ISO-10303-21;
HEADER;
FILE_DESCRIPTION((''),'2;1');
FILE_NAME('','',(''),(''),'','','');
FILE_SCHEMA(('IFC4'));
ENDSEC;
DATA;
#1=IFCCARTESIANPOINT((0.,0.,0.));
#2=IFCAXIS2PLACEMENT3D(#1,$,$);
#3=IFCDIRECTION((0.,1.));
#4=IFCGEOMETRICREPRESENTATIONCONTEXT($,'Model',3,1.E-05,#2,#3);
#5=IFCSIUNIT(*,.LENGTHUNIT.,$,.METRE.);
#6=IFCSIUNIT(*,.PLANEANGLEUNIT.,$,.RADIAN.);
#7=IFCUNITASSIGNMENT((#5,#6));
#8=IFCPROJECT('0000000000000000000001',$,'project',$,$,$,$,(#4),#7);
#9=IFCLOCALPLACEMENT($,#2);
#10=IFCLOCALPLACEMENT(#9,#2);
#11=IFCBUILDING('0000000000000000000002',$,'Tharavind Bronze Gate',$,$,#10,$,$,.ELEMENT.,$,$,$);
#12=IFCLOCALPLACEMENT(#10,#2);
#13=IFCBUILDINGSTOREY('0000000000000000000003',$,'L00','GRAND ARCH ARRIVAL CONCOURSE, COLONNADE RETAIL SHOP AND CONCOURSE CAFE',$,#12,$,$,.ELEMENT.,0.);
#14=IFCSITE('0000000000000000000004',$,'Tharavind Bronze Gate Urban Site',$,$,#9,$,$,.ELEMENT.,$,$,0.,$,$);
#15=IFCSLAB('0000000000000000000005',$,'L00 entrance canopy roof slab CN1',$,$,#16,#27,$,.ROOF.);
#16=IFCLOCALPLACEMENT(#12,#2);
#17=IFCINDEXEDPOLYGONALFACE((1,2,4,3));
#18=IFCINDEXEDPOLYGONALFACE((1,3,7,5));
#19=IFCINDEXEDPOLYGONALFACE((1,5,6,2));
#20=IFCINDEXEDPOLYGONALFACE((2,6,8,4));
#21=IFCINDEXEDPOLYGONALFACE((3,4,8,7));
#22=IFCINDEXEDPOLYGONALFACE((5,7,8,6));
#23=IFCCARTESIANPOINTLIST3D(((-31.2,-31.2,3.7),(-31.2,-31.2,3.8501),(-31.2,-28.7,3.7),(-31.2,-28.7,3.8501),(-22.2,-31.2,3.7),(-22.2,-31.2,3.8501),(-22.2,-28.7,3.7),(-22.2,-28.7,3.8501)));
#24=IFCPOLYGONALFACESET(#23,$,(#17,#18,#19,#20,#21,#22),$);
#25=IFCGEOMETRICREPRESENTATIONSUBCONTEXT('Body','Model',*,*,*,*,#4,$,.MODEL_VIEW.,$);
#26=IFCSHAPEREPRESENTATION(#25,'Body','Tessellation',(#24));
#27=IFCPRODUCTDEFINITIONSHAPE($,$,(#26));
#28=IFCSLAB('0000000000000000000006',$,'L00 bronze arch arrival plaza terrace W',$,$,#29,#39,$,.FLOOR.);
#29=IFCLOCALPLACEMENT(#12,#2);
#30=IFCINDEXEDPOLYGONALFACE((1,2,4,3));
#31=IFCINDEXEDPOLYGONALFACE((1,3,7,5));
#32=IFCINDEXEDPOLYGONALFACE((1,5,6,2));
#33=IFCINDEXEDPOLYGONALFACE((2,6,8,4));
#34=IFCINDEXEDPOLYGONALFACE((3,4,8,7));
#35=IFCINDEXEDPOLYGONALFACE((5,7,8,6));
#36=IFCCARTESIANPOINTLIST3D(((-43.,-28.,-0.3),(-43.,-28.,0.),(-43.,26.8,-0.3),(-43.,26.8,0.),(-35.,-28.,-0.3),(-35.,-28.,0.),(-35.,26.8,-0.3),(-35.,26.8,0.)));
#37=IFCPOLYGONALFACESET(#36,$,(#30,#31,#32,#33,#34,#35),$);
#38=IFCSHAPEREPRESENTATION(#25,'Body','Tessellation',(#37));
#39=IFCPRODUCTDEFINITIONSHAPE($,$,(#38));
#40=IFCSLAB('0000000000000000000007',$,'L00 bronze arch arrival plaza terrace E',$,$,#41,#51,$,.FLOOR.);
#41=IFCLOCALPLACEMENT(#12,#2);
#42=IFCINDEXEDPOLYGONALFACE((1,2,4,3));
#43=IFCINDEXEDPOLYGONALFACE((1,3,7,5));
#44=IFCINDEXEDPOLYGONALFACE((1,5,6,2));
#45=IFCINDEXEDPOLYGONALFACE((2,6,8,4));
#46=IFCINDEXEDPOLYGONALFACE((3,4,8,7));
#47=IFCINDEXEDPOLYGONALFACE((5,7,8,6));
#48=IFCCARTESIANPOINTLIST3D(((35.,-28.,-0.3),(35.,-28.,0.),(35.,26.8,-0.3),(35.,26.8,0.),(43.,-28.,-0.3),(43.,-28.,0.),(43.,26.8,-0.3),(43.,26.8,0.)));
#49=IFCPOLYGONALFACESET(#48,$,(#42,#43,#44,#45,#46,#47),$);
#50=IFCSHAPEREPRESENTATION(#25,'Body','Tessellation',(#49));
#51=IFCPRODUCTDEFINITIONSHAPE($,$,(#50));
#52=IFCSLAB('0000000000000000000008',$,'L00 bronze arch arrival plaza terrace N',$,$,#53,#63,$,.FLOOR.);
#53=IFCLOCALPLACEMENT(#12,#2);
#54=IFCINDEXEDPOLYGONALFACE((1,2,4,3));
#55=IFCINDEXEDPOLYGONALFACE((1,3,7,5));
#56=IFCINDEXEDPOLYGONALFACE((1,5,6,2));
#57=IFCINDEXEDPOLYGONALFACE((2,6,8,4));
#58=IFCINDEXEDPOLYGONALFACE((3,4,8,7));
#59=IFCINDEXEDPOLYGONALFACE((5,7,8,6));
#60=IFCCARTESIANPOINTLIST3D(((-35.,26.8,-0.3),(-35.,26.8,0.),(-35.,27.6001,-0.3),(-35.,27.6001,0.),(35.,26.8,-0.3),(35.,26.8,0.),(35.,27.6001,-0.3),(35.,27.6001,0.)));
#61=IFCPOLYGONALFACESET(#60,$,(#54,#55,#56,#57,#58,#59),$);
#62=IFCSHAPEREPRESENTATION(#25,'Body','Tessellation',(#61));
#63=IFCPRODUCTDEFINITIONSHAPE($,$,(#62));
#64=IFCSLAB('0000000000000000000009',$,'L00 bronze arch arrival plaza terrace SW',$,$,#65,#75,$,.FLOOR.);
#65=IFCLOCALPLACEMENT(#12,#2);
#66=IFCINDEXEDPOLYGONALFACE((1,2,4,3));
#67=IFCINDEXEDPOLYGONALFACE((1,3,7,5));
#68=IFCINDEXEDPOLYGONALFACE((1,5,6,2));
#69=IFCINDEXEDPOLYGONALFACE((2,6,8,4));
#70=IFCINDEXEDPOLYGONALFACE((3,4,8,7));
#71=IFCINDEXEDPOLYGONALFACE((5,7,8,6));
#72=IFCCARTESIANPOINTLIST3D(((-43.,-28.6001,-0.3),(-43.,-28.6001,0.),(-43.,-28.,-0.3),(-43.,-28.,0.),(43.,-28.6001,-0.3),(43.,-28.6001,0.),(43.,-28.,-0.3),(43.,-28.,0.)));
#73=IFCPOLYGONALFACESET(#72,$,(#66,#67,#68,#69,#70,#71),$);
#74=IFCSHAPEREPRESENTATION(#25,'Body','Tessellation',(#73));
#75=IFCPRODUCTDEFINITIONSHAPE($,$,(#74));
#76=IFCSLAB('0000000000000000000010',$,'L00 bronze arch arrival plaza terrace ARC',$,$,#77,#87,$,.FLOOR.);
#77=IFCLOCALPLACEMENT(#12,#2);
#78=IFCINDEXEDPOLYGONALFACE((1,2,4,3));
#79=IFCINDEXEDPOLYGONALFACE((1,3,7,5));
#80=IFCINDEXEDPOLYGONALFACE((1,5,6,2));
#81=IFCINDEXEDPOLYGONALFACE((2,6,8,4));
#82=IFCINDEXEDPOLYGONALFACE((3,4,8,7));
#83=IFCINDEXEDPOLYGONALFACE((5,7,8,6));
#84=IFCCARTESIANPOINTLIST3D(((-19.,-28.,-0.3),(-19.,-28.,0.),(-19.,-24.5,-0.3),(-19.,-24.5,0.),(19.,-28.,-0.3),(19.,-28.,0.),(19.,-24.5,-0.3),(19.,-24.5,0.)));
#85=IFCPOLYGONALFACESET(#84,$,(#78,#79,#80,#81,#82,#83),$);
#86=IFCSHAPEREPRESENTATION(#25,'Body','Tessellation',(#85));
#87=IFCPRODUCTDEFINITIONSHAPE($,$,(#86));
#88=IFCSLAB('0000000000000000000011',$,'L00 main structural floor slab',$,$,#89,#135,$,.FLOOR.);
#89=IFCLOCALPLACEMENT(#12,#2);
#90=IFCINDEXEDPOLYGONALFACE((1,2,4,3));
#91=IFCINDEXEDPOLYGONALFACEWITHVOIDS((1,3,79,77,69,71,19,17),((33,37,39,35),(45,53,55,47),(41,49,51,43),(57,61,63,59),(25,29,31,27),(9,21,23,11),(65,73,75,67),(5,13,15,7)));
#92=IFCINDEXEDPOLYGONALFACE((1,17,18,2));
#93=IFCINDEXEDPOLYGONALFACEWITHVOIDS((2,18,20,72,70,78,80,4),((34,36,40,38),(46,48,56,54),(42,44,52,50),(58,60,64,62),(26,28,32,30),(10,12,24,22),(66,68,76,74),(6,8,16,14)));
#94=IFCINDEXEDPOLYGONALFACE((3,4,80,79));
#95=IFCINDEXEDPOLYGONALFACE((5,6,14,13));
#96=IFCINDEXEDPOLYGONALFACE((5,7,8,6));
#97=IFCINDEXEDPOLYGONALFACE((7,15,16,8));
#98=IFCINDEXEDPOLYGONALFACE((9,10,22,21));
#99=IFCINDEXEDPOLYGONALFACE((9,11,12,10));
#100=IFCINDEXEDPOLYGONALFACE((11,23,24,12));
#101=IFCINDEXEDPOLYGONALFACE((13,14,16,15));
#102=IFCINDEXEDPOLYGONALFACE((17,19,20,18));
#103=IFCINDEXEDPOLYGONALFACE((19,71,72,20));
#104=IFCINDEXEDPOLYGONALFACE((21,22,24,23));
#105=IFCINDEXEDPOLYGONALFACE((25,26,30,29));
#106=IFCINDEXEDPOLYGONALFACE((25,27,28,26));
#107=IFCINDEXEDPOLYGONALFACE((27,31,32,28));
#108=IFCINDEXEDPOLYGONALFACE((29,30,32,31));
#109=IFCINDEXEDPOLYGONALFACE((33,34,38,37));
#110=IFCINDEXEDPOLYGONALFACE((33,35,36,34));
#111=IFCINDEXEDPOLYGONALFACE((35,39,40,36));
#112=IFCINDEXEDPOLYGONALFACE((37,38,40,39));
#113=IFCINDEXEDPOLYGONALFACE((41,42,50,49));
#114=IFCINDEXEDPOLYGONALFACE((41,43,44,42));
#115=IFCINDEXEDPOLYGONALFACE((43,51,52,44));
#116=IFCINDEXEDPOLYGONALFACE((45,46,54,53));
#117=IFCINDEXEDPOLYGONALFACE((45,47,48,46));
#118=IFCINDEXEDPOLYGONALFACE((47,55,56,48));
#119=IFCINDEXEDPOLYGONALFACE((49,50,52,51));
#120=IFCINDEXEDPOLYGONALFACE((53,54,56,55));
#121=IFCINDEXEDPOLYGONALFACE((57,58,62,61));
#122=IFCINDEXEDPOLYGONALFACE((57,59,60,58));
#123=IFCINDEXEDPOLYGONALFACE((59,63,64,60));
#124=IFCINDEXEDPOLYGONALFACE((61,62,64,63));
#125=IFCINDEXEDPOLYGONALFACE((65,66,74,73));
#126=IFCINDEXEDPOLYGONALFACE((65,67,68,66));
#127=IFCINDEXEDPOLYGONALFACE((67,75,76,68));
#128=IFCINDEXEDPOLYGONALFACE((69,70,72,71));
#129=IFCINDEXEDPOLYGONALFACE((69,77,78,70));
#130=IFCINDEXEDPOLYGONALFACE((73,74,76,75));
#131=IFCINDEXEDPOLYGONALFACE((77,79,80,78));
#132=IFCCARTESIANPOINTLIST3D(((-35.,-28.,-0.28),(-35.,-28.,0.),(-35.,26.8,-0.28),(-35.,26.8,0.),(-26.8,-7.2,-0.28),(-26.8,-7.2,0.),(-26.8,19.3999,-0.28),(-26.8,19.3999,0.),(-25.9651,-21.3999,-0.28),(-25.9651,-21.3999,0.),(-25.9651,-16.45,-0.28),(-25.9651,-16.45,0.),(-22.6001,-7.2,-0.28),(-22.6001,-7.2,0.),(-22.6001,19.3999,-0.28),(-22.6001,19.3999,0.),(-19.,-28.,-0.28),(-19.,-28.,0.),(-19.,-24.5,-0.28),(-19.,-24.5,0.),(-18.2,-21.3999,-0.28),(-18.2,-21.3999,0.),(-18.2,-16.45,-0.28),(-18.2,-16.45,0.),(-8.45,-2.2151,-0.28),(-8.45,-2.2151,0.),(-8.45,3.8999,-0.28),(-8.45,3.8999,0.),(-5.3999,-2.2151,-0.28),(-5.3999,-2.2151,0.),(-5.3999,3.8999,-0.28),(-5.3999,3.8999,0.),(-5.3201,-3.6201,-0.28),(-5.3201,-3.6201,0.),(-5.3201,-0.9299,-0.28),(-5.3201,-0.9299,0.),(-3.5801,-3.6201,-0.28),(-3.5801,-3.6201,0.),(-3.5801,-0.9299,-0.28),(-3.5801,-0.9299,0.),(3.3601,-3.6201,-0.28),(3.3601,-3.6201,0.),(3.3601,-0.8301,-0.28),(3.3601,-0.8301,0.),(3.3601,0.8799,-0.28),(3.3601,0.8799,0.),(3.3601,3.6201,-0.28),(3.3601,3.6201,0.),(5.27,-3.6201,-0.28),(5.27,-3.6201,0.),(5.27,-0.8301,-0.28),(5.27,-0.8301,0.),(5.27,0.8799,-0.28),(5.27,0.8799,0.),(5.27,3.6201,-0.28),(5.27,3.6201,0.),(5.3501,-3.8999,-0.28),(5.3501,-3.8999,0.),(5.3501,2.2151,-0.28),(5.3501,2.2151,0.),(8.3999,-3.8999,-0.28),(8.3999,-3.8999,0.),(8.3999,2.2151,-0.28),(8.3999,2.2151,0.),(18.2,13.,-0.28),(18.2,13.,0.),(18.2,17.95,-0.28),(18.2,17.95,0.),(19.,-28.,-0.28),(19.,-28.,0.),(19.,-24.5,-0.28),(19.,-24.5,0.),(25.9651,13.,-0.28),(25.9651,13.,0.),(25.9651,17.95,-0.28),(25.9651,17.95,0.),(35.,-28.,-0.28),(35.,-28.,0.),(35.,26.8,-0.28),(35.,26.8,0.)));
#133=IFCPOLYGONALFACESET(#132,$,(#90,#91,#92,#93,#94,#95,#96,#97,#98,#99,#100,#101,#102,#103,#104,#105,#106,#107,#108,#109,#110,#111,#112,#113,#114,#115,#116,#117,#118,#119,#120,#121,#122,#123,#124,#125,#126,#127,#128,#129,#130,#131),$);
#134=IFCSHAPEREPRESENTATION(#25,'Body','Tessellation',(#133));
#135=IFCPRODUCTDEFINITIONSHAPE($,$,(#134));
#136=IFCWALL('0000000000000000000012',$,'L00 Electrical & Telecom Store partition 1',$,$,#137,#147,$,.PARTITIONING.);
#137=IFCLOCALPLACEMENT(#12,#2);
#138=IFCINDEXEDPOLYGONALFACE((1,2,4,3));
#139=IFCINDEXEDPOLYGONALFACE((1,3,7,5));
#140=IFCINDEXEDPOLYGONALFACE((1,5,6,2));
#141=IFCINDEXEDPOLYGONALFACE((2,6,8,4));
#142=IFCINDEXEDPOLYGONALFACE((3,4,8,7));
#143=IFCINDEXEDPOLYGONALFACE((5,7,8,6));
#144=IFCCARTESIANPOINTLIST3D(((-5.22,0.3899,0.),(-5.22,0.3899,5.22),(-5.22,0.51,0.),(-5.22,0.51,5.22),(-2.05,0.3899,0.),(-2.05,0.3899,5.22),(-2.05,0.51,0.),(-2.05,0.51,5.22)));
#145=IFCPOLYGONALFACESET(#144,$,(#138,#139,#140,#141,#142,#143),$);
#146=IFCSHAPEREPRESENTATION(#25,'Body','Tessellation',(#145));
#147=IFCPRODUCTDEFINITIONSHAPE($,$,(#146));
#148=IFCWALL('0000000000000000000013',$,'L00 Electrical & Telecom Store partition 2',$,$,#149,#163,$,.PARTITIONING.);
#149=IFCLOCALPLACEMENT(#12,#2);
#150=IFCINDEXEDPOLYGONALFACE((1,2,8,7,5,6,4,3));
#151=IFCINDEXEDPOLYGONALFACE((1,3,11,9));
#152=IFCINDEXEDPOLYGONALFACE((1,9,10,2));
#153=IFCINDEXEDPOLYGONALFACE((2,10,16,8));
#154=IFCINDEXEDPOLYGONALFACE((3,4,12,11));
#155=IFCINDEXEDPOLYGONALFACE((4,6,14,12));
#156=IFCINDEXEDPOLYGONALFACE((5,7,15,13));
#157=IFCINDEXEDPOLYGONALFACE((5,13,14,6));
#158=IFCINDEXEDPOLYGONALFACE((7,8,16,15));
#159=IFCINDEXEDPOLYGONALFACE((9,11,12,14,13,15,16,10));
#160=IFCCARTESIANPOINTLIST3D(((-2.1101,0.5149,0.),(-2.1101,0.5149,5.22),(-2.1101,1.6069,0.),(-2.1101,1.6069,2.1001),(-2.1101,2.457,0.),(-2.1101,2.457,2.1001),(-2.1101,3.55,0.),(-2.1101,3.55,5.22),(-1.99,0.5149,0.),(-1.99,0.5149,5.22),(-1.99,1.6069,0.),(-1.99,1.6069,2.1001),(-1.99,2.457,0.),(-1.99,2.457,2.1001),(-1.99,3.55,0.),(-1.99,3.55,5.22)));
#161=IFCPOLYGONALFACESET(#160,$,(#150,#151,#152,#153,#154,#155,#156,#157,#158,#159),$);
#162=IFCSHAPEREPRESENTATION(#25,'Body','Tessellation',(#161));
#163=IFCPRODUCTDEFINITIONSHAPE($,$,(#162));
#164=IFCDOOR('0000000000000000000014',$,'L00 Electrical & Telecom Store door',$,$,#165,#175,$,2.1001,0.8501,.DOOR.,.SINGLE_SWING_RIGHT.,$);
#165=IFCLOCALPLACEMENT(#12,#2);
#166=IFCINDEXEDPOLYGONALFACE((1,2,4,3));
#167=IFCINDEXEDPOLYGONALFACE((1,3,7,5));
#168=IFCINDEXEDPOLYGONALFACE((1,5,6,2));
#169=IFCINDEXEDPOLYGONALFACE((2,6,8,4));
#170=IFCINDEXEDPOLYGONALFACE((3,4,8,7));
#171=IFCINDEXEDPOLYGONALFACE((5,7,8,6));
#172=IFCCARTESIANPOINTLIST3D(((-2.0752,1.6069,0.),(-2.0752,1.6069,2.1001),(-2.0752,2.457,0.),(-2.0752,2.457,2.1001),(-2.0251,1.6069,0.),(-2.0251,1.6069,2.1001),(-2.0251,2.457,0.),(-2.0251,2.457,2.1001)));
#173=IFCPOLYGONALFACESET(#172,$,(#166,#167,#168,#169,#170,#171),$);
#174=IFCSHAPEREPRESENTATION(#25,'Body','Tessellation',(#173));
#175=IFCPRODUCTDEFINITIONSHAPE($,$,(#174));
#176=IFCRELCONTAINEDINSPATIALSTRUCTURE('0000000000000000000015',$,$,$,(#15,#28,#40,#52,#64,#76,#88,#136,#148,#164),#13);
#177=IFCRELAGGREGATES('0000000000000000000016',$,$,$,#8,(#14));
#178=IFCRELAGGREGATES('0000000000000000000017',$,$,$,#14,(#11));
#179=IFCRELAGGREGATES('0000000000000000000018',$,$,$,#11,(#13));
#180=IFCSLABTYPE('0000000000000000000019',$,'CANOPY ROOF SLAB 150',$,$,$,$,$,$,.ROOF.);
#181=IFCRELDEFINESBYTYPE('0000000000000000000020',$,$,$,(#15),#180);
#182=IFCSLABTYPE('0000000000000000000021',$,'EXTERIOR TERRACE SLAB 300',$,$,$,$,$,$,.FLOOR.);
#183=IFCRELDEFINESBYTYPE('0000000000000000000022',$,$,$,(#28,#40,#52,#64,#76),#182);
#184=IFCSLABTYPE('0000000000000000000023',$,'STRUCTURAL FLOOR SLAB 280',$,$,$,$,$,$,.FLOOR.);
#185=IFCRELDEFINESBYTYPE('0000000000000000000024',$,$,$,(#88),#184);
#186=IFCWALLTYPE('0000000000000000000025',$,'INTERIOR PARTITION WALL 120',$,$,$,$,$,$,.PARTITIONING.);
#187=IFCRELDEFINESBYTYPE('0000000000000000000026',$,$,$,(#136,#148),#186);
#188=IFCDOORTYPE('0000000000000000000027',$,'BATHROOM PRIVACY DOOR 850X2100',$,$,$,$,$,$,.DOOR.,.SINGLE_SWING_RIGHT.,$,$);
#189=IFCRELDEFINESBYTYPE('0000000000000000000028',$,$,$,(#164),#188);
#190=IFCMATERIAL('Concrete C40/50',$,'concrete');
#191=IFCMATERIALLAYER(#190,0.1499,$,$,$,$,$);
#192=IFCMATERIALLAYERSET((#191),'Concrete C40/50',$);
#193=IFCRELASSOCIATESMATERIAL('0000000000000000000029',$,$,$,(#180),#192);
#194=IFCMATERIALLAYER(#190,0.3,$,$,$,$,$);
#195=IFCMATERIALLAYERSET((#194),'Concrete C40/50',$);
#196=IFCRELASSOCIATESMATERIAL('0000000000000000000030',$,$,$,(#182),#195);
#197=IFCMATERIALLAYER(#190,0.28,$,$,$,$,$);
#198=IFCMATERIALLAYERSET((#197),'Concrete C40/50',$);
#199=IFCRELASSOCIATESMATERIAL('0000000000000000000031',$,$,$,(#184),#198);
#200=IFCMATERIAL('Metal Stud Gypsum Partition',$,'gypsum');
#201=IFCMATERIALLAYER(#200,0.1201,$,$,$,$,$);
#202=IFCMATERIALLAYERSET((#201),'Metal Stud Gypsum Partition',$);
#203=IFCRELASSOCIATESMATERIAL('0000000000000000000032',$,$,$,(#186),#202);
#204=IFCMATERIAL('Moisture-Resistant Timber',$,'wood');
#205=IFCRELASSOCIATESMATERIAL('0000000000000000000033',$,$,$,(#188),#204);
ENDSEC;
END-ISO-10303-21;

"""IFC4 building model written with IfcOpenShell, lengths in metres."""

from ifc_helpers import new_model, si_unit, direction, frame, frame_2d, origin, place, context, subcontext, project, spatial, polyline, rectangle, outline, extrude, material, layer, layer_set, type_object, element, fill, save


model = new_model("IFC4")

# Units and contexts
model_context = context("Model", 3, precision=1e-05, world=origin(), true_north=direction((0.0, 1.0)))
body_context = subcontext(model_context, "Body", "Model", "MODEL_VIEW")
ifc_project = project(units=[si_unit("LENGTHUNIT", "METRE"), si_unit("PLANEANGLEUNIT", "RADIAN")], contexts=[model_context])

# Site, building, storey
site_placement = place(None, origin())
site = spatial("IfcSite", under=ifc_project, at=site_placement, Name="Tharavind Bronze Gate Urban Site", CompositionType="ELEMENT", RefElevation=0.0)
building_placement = place(site_placement, origin())
building = spatial("IfcBuilding", under=site, at=building_placement, Name="Tharavind Bronze Gate", CompositionType="ELEMENT")
storey_placement = place(building_placement, origin())
storey = spatial("IfcBuildingStorey", under=building, at=storey_placement, Name="L00", Description="GRAND ARCH ARRIVAL CONCOURSE, COLONNADE RETAIL SHOP AND CONCOURSE CAFE", CompositionType="ELEMENT", Elevation=0.0)

# Slabs
ifc_material_1 = material(Name="Concrete C40/50", Category="concrete")
ifc_layer_1 = layer(ifc_material_1, 0.1499)
ifc_layer_set_1 = layer_set([ifc_layer_1], Name="Concrete C40/50")
slab_type_1 = type_object("IfcSlabType", Name="CANOPY ROOF SLAB 150", PredefinedType="ROOF", material=ifc_layer_set_1)
slab_1_placement = place(storey_placement, frame((0.0, 0.0, 3.7)))
element("IfcSlab", 1, at=slab_1_placement, inside=storey, type_object=slab_type_1, Name="L00 entrance canopy roof slab CN1", PredefinedType="ROOF", context=body_context, shape_type="SweptSolid", body=[
    extrude(outline(polyline([(-31.2, -31.2), (-22.2, -31.2), (-22.2, -28.7), (-31.2, -28.7), (-31.2, -31.2)])), origin(), (0.0, 0.0, 1.0), 0.1501),
])
ifc_layer_2 = layer(ifc_material_1, 0.3)
ifc_layer_set_2 = layer_set([ifc_layer_2], Name="Concrete C40/50")
slab_type_2 = type_object("IfcSlabType", Name="EXTERIOR TERRACE SLAB 300", PredefinedType="FLOOR", material=ifc_layer_set_2)
slab_2_placement = place(storey_placement, frame((0.0, 0.0, -0.3)))
element("IfcSlab", 2, at=slab_2_placement, inside=storey, type_object=slab_type_2, Name="L00 bronze arch arrival plaza terrace W", PredefinedType="FLOOR", context=body_context, shape_type="SweptSolid", body=[
    extrude(outline(polyline([(-43.0, -28.0), (-35.0, -28.0), (-35.0, 26.8), (-43.0, 26.8), (-43.0, -28.0)])), origin(), (0.0, 0.0, 1.0), 0.3),
])
slab_3_placement = place(storey_placement, frame((0.0, 0.0, -0.3)))
element("IfcSlab", 3, at=slab_3_placement, inside=storey, type_object=slab_type_2, Name="L00 bronze arch arrival plaza terrace E", PredefinedType="FLOOR", context=body_context, shape_type="SweptSolid", body=[
    extrude(outline(polyline([(35.0, -28.0), (43.0, -28.0), (43.0, 26.8), (35.0, 26.8), (35.0, -28.0)])), origin(), (0.0, 0.0, 1.0), 0.3),
])
slab_4_placement = place(storey_placement, frame((0.0, 0.0, -0.3)))
element("IfcSlab", 4, at=slab_4_placement, inside=storey, type_object=slab_type_2, Name="L00 bronze arch arrival plaza terrace N", PredefinedType="FLOOR", context=body_context, shape_type="SweptSolid", body=[
    extrude(outline(polyline([(-35.0, 26.8), (35.0, 26.8), (35.0, 27.6001), (-35.0, 27.6001), (-35.0, 26.8)])), origin(), (0.0, 0.0, 1.0), 0.3),
])
slab_5_placement = place(storey_placement, frame((0.0, 0.0, -0.3)))
element("IfcSlab", 5, at=slab_5_placement, inside=storey, type_object=slab_type_2, Name="L00 bronze arch arrival plaza terrace SW", PredefinedType="FLOOR", context=body_context, shape_type="SweptSolid", body=[
    extrude(outline(polyline([(-43.0, -28.6001), (43.0, -28.6001), (43.0, -28.0), (-43.0, -28.0), (-43.0, -28.6001)])), origin(), (0.0, 0.0, 1.0), 0.3),
])
slab_6_placement = place(storey_placement, frame((0.0, 0.0, -0.3)))
element("IfcSlab", 6, at=slab_6_placement, inside=storey, type_object=slab_type_2, Name="L00 bronze arch arrival plaza terrace ARC", PredefinedType="FLOOR", context=body_context, shape_type="SweptSolid", body=[
    extrude(outline(polyline([(-19.0, -28.0), (19.0, -28.0), (19.0, -24.5), (-19.0, -24.5), (-19.0, -28.0)])), origin(), (0.0, 0.0, 1.0), 0.3),
])
ifc_layer_3 = layer(ifc_material_1, 0.28)
ifc_layer_set_3 = layer_set([ifc_layer_3], Name="Concrete C40/50")
slab_type_3 = type_object("IfcSlabType", Name="STRUCTURAL FLOOR SLAB 280", PredefinedType="FLOOR", material=ifc_layer_set_3)
slab_7_placement = place(storey_placement, frame((0.0, 0.0, -0.28)))
element("IfcSlab", 7, at=slab_7_placement, inside=storey, type_object=slab_type_3, Name="L00 main structural floor slab", PredefinedType="FLOOR", context=body_context, shape_type="SweptSolid", body=[
    extrude(outline(polyline([(-35.0, -28.0), (-19.0, -28.0), (-19.0, -24.5), (19.0, -24.5), (19.0, -28.0), (35.0, -28.0), (35.0, 26.8), (-35.0, 26.8), (-35.0, -28.0)]), holes=[polyline([(-5.3999, -2.2151), (-5.3999, 3.8999), (-8.45, 3.8999), (-8.45, -2.2151), (-5.3999, -2.2151)]), polyline([(5.3501, 2.2151), (5.3501, -3.8999), (8.3999, -3.8999), (8.3999, 2.2151), (5.3501, 2.2151)]), polyline([(-25.9651, -21.3999), (-18.2, -21.3999), (-18.2, -16.45), (-25.9651, -16.45), (-25.9651, -21.3999)]), polyline([(25.9651, 17.95), (18.2, 17.95), (18.2, 13.0), (25.9651, 13.0), (25.9651, 17.95)]), polyline([(-5.3201, -3.6201), (-3.5801, -3.6201), (-3.5801, -0.9299), (-5.3201, -0.9299), (-5.3201, -3.6201)]), polyline([(3.3601, 0.8799), (5.27, 0.8799), (5.27, 3.6201), (3.3601, 3.6201), (3.3601, 0.8799)]), polyline([(3.3601, -3.6201), (5.27, -3.6201), (5.27, -0.8301), (3.3601, -0.8301), (3.3601, -3.6201)]), polyline([(-26.8, -7.2), (-22.6001, -7.2), (-22.6001, 19.3999), (-26.8, 19.3999), (-26.8, -7.2)])]), origin(), (0.0, 0.0, 1.0), 0.28),
])

# Wall
ifc_material_2 = material(Name="Metal Stud Gypsum Partition", Category="gypsum")
ifc_layer_4 = layer(ifc_material_2, 0.1201)
ifc_layer_set_4 = layer_set([ifc_layer_4], Name="Metal Stud Gypsum Partition")
wall_type_1 = type_object("IfcWallType", Name="INTERIOR PARTITION WALL 120", PredefinedType="PARTITIONING", material=ifc_layer_set_4)
wall_1_placement = place(storey_placement, frame((-5.22, 0.45, 0.0), z_axis=(0.0, 0.0, 1.0), x_axis=(1.0, 0.0, 0.0)))
element("IfcWall", 8, at=wall_1_placement, inside=storey, type_object=wall_type_1, Name="L00 Electrical & Telecom Store partition 1", PredefinedType="PARTITIONING", context=body_context, shape_type="SweptSolid", body=[
    extrude(rectangle(XDim=3.1699, YDim=0.1201, at=frame_2d((1.585, 0.0))), origin(), (0.0, 0.0, 1.0), 5.22),
])

# Wall, opening, door
wall_2_placement = place(storey_placement, frame((-2.05, 0.5149, 0.0), z_axis=(0.0, 0.0, 1.0), x_axis=(0.0, 1.0, 0.0)))
wall_2 = element("IfcWall", 9, at=wall_2_placement, inside=storey, type_object=wall_type_1, Name="L00 Electrical & Telecom Store partition 2", PredefinedType="PARTITIONING", context=body_context, shape_type="SweptSolid", body=[
    extrude(rectangle(XDim=3.0352, YDim=0.1201, at=frame_2d((1.5176, 0.0))), origin(), (0.0, 0.0, 1.0), 5.22),
])
opening_1_placement = place(wall_2_placement, frame((1.092, 0.0, 0.0)))
opening_1 = element("IfcOpeningElement", 10, at=opening_1_placement, cuts=wall_2, PredefinedType="OPENING", context=body_context, shape_type="SweptSolid", body=[
    extrude(rectangle(XDim=0.8501, YDim=2.1001, at=frame_2d((0.425, 1.05))), frame((0.0, 0.0701, 0.0), z_axis=(0.0, -1.0, 0.0), x_axis=(1.0, 0.0, 0.0)), (0.0, 0.0, 1.0), 0.1401),
])
ifc_material_3 = material(Name="Moisture-Resistant Timber", Category="wood")
door_type_1 = type_object("IfcDoorType", Name="BATHROOM PRIVACY DOOR 850X2100", OperationType="SINGLE_SWING_RIGHT", PredefinedType="DOOR", material=ifc_material_3)
door_1_placement = place(opening_1_placement, frame((0.8501, 0.0, 0.0), z_axis=(0.0, 0.0, 1.0), x_axis=(-1.0, 0.0, 0.0)))
door_1 = element("IfcDoor", 11, at=door_1_placement, inside=storey, type_object=door_type_1, Name="L00 Electrical & Telecom Store door", OperationType="SINGLE_SWING_RIGHT", OverallHeight=2.1001, OverallWidth=0.8501, PredefinedType="DOOR", context=body_context, shape_type="SweptSolid", body=[
    extrude(rectangle(XDim=0.8501, YDim=2.1001, at=frame_2d((0.425, 1.05))), frame((0.0, 0.0249, 0.0), z_axis=(0.0, -1.0, 0.0), x_axis=(1.0, 0.0, 0.0)), (0.0, 0.0, 1.0), 0.05),
])
fill(opening_1, door_1)

save(model, "model.ifc")
